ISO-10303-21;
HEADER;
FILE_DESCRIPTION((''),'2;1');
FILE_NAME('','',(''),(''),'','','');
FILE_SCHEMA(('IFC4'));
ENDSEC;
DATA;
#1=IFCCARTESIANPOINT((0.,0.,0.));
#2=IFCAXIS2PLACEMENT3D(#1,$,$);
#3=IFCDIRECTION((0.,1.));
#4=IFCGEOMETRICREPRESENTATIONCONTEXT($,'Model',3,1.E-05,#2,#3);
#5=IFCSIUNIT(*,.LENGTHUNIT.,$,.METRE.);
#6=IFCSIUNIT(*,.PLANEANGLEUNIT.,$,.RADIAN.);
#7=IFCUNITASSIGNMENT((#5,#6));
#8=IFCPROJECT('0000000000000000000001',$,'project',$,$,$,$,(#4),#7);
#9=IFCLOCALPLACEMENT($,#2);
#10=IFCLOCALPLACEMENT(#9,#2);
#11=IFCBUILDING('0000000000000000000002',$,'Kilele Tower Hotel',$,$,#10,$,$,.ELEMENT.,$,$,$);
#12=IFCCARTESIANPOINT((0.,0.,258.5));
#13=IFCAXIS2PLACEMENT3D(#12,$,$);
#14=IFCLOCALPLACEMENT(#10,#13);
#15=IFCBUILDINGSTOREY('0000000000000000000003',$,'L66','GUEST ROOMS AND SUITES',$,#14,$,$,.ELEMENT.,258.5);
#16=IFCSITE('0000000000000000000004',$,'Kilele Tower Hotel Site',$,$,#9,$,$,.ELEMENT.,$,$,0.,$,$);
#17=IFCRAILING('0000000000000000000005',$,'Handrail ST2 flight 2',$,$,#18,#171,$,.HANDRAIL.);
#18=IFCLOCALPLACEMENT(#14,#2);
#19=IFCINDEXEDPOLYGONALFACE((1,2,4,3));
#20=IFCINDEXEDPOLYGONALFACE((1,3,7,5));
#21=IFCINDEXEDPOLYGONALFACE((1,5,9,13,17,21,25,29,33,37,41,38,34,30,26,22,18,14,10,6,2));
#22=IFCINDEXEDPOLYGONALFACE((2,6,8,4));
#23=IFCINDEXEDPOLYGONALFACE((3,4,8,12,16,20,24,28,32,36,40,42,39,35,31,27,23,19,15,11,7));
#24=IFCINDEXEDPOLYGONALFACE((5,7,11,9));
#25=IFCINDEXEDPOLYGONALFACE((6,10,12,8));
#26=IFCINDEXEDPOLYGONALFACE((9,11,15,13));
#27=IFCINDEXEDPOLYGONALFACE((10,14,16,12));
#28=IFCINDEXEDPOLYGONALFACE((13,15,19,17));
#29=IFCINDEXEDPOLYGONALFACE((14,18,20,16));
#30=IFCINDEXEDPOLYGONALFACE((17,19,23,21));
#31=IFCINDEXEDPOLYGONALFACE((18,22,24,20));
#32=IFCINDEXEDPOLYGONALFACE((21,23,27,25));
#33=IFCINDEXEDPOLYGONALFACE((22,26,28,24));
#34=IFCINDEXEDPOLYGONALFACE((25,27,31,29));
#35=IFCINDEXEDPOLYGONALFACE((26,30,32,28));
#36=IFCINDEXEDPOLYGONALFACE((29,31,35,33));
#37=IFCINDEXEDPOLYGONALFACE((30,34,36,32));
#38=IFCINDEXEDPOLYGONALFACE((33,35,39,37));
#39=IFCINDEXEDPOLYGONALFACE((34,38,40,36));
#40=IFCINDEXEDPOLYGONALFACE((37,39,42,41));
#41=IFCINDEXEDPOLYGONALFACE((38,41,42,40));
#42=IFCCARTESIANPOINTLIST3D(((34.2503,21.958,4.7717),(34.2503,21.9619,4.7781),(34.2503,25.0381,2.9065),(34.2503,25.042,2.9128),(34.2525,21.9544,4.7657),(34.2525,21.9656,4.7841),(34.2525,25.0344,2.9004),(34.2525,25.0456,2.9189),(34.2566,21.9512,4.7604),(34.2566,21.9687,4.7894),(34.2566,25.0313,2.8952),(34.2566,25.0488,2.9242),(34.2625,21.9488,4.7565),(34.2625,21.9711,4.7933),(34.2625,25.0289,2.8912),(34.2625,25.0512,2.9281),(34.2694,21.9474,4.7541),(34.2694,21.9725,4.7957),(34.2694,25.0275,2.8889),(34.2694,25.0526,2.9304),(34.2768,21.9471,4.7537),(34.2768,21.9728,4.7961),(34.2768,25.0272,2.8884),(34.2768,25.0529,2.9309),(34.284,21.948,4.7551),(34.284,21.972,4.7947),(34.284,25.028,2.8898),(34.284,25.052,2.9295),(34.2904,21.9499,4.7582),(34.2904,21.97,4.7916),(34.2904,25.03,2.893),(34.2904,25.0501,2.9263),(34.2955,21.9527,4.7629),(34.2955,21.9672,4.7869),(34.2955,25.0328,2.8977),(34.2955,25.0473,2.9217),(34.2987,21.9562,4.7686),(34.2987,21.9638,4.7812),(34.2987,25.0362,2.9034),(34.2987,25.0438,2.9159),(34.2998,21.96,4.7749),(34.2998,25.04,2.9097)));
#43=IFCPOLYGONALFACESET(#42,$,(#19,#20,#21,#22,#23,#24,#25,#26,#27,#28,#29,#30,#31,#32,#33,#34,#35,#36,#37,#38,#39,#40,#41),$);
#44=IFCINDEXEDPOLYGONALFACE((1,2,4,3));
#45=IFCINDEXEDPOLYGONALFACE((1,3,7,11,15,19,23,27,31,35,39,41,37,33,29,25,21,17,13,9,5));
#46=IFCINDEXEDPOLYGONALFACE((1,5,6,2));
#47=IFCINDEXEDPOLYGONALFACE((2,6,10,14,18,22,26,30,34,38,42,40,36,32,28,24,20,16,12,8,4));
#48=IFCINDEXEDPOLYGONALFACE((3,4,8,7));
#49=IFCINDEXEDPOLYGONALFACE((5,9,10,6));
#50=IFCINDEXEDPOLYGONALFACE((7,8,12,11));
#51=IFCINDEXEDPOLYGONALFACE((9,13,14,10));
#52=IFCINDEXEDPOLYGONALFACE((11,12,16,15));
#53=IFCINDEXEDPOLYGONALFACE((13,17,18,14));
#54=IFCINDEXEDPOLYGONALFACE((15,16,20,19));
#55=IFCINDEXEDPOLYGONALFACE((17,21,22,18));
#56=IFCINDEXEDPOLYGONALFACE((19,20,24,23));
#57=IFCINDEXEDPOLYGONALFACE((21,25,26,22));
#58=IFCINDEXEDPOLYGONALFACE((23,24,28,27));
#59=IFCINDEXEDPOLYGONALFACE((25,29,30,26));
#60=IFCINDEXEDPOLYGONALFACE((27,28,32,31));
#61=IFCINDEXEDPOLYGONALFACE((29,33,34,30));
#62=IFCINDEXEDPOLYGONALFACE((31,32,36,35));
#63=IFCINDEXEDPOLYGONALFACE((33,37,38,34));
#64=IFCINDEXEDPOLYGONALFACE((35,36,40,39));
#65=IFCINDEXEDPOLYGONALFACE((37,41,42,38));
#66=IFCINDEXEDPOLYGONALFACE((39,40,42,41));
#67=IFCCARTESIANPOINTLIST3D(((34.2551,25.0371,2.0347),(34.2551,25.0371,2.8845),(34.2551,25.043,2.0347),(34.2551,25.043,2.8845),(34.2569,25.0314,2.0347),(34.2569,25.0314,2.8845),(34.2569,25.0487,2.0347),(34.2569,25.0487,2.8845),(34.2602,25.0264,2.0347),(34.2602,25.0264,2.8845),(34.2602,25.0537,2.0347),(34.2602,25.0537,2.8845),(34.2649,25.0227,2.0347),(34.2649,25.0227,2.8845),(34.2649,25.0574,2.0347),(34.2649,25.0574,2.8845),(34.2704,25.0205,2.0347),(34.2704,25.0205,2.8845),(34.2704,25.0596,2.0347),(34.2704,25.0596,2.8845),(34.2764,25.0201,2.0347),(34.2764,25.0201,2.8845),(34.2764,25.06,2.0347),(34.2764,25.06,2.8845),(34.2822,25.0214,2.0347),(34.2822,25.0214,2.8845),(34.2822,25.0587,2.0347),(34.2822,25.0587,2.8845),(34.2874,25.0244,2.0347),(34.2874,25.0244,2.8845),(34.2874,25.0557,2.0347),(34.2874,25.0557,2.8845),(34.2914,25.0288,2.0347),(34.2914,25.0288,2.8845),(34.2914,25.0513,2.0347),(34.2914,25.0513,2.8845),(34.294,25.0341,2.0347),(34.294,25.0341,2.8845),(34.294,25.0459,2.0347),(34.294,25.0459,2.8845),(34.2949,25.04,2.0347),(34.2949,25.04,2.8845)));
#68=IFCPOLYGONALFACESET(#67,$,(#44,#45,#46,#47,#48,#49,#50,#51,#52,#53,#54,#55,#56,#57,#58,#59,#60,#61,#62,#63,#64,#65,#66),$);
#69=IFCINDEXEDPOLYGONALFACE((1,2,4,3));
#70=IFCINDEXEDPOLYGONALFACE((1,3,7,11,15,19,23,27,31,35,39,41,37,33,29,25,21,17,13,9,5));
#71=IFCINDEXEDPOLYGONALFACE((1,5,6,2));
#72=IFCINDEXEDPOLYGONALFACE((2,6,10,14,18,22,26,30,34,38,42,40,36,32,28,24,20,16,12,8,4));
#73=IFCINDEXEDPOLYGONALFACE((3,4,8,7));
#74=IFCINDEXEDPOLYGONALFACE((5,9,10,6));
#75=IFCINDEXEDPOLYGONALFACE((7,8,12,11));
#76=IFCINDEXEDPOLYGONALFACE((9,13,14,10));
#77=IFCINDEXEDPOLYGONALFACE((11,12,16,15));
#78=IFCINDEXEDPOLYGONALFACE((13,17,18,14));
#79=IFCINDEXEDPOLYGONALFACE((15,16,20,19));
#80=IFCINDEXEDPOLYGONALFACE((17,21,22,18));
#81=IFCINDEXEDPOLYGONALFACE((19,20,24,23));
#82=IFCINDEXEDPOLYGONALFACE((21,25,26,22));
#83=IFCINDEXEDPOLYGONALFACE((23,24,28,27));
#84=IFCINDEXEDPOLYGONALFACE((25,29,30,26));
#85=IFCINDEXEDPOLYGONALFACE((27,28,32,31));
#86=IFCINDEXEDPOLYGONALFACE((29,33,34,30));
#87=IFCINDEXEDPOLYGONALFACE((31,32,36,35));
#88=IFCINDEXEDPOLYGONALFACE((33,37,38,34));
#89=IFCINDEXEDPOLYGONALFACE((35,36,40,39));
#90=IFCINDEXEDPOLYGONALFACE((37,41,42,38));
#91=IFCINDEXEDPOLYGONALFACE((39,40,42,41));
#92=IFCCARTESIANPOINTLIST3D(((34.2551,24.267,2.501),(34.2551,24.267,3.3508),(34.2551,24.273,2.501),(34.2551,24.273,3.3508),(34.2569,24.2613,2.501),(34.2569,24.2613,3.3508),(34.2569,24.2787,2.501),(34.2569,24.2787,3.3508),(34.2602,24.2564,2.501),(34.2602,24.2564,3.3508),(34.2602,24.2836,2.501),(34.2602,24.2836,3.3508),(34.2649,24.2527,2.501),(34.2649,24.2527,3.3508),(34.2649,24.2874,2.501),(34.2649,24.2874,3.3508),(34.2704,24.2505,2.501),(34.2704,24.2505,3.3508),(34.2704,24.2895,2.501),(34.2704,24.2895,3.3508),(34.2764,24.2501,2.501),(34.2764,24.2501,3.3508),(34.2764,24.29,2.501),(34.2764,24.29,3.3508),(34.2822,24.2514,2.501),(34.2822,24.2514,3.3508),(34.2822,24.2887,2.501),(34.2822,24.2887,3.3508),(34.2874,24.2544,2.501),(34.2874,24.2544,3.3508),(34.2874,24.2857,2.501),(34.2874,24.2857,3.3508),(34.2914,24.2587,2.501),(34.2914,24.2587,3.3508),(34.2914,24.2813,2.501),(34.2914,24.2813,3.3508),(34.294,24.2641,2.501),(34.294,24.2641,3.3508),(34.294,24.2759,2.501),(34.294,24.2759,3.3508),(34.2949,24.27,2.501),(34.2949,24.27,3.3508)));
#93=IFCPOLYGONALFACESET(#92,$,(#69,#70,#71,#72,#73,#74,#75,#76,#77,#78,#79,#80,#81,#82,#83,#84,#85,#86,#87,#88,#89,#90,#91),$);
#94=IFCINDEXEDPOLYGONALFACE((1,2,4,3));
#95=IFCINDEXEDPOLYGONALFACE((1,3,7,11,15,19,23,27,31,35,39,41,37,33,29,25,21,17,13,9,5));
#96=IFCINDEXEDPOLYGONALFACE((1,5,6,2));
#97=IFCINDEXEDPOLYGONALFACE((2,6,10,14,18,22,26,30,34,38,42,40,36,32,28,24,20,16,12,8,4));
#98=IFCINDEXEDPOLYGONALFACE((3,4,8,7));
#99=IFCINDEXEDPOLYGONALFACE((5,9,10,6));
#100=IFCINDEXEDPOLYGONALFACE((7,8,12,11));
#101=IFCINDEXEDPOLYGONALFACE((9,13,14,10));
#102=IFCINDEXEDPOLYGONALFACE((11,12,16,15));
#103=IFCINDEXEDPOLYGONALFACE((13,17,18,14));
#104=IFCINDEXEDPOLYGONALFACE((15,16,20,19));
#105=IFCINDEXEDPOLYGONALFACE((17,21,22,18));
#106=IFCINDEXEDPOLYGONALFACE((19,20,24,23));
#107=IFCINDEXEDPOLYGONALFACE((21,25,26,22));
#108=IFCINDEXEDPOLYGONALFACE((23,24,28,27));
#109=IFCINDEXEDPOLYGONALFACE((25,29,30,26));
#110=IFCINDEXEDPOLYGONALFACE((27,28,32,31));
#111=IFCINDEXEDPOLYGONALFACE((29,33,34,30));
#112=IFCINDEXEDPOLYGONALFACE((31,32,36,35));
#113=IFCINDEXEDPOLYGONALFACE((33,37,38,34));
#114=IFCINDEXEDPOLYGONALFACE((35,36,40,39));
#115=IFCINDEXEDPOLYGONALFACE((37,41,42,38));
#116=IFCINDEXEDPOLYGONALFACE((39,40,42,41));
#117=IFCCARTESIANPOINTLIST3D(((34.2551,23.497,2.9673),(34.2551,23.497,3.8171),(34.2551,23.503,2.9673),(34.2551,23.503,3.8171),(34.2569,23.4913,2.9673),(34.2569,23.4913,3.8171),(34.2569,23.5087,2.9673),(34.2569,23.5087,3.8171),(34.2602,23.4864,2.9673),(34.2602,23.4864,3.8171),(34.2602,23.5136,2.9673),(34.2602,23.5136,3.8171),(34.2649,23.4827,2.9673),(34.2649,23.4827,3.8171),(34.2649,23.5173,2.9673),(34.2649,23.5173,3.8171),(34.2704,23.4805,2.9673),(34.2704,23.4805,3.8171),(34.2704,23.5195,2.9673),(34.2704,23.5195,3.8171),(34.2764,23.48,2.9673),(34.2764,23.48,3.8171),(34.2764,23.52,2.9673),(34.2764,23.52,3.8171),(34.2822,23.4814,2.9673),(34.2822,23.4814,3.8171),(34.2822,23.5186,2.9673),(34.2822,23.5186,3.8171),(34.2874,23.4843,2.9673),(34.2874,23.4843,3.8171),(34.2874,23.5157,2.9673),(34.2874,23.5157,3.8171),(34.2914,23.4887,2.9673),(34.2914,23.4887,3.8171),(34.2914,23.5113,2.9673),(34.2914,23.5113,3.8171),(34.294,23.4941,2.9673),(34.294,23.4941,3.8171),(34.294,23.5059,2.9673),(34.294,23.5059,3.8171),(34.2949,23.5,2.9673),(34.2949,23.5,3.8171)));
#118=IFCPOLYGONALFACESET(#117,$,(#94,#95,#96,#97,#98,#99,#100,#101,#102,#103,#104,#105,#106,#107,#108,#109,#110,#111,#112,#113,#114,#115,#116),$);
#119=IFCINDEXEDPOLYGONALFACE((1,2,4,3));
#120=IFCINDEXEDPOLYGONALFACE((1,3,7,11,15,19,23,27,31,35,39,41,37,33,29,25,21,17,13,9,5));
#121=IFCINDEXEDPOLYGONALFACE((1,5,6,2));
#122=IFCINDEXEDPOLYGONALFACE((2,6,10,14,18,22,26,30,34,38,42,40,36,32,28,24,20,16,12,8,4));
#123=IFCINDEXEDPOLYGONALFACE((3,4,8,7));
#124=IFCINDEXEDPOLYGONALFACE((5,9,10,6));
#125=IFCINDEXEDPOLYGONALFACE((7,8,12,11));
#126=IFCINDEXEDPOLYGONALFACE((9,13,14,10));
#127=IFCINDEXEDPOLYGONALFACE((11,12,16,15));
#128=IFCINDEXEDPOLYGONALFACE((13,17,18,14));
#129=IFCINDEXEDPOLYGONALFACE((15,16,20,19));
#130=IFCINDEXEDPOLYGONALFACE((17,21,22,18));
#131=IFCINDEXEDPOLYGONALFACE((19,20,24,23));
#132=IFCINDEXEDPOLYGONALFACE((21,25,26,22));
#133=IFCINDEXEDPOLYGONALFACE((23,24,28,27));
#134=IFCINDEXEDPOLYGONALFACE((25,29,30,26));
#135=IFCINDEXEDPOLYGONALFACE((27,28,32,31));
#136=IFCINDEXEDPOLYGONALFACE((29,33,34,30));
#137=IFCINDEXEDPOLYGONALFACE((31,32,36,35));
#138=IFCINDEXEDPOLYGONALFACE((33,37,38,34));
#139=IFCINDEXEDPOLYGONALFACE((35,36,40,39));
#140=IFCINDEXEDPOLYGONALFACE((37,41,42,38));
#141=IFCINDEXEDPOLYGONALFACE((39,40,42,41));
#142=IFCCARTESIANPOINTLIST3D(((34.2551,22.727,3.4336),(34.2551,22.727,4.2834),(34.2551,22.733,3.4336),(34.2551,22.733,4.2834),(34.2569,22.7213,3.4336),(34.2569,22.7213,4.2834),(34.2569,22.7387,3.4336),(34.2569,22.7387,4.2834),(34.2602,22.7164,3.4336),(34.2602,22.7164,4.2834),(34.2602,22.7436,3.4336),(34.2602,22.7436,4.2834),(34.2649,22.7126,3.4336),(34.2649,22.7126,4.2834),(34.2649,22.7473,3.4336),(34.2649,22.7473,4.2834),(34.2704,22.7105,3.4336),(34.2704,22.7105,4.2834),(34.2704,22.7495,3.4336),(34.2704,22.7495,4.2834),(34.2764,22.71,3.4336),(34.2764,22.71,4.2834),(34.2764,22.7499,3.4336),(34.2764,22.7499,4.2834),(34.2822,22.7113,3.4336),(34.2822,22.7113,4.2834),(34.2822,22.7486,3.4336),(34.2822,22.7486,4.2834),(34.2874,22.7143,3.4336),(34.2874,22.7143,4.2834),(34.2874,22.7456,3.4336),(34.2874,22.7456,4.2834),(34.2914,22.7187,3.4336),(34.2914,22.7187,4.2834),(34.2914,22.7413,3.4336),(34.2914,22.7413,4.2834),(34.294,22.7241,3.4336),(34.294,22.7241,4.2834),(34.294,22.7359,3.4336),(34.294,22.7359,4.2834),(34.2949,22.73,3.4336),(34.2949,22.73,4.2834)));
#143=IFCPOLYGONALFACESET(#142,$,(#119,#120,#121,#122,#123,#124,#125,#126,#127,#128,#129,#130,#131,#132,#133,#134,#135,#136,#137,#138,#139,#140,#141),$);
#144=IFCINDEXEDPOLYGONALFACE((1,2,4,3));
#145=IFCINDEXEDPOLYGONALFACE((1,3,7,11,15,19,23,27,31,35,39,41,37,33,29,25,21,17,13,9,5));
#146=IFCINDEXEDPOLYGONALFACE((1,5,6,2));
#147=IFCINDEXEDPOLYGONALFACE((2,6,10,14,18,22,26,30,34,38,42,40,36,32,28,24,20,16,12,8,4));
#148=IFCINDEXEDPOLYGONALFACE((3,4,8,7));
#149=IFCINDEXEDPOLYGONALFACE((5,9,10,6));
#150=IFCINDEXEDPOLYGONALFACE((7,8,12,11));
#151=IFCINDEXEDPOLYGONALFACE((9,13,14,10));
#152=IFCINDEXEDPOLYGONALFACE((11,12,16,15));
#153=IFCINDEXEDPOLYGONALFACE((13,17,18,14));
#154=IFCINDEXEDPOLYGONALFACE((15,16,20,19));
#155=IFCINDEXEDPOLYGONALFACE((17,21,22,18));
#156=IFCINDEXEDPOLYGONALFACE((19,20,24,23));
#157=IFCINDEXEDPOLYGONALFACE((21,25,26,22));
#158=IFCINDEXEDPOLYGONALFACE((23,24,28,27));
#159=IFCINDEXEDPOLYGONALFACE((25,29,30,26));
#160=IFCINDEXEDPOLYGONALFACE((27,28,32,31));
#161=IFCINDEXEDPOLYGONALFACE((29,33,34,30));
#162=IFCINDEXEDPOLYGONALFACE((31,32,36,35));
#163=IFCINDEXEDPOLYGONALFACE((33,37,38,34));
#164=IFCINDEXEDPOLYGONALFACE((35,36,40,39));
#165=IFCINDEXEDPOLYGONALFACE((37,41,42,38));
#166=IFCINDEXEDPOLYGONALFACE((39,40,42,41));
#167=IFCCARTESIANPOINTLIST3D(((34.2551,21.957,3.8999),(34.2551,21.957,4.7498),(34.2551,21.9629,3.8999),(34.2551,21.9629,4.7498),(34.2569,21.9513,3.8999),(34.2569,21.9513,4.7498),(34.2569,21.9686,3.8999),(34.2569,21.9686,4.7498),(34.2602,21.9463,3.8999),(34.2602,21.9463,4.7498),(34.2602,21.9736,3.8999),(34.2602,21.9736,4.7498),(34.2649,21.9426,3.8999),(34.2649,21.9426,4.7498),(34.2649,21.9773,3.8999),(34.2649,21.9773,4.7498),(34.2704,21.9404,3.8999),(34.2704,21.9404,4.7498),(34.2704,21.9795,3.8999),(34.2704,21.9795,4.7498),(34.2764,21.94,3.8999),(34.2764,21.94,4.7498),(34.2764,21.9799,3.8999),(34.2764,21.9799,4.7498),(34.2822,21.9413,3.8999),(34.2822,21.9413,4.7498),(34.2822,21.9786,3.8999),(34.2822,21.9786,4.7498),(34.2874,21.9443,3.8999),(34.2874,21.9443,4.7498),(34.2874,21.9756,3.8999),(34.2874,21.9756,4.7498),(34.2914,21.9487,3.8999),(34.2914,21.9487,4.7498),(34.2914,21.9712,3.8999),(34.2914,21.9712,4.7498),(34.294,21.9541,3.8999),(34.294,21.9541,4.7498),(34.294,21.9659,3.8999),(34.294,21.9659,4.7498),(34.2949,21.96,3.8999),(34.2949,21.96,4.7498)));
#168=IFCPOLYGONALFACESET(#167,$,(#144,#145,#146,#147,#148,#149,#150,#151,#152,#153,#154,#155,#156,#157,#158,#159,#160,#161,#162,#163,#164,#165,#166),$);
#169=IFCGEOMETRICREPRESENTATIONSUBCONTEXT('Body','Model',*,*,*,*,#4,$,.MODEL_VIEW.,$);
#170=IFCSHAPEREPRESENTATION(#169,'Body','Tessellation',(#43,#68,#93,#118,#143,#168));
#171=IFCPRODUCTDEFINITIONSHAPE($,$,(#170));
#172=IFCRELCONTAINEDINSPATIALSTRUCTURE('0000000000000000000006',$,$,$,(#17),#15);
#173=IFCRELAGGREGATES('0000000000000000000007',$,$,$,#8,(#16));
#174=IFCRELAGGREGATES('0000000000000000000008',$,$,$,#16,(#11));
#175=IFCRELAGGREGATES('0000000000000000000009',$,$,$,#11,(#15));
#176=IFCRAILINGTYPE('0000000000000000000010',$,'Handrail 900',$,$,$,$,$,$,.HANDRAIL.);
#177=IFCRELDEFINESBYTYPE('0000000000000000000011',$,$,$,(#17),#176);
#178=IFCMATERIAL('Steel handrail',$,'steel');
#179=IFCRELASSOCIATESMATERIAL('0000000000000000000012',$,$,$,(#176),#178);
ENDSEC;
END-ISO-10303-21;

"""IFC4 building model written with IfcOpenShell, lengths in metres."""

from ifc_helpers import new_model, si_unit, direction, frame, origin, origin_2d, place, context, subcontext, project, spatial, circle, extrude, material, type_object, element, save


model = new_model("IFC4")

# Units and contexts
model_context = context("Model", 3, precision=1e-05, world=origin(), true_north=direction((0.0, 1.0)))
body_context = subcontext(model_context, "Body", "Model", "MODEL_VIEW")
ifc_project = project(units=[si_unit("LENGTHUNIT", "METRE"), si_unit("PLANEANGLEUNIT", "RADIAN")], contexts=[model_context])

# Site, building, storey
site_placement = place(None, origin())
site = spatial("IfcSite", under=ifc_project, at=site_placement, Name="Kilele Tower Hotel Site", CompositionType="ELEMENT", RefElevation=0.0)
building_placement = place(site_placement, origin())
building = spatial("IfcBuilding", under=site, at=building_placement, Name="Kilele Tower Hotel", CompositionType="ELEMENT")
storey_placement = place(building_placement, frame((0.0, 0.0, 258.5)))
storey = spatial("IfcBuildingStorey", under=building, at=storey_placement, Name="L66", Description="GUEST ROOMS AND SUITES", CompositionType="ELEMENT", Elevation=258.5)

# Railing
ifc_material_1 = material(Name="Steel handrail", Category="steel")
railing_type_1 = type_object("IfcRailingType", Name="Handrail 900", PredefinedType="HANDRAIL", material=ifc_material_1)
for number, where, name in (
    (1, (34.2749, 25.04, 2.0347), "Handrail ST2 flight 2"),
):
    element("IfcRailing", number, at=place(storey_placement, frame(where)), inside=storey, type_object=railing_type_1, Name=name, PredefinedType="HANDRAIL", context=body_context, shape_type="SweptSolid", body=[
        extrude(circle(Radius=0.0249, at=origin_2d()), frame((0.0, 0.0, 0.875), z_axis=(0.0, -0.85538, 0.518001), x_axis=(1.0, 0.0, 0.0)), (0.0, 0.0, 1.0), 3.6008),
        extrude(circle(Radius=0.02, at=origin_2d()), origin(), (0.0, 0.0, 1.0), 0.8499),
        extrude(circle(Radius=0.02, at=origin_2d()), frame((0.0, -0.77, 0.4663)), (0.0, 0.0, 1.0), 0.8499),
        extrude(circle(Radius=0.02, at=origin_2d()), frame((0.0, -1.54, 0.9326)), (0.0, 0.0, 1.0), 0.8499),
        extrude(circle(Radius=0.02, at=origin_2d()), frame((0.0, -2.3101, 1.3989)), (0.0, 0.0, 1.0), 0.8499),
        extrude(circle(Radius=0.02, at=origin_2d()), frame((0.0, -3.0801, 1.8652)), (0.0, 0.0, 1.0), 0.8499),
    ])

save(model, "model.ifc")
